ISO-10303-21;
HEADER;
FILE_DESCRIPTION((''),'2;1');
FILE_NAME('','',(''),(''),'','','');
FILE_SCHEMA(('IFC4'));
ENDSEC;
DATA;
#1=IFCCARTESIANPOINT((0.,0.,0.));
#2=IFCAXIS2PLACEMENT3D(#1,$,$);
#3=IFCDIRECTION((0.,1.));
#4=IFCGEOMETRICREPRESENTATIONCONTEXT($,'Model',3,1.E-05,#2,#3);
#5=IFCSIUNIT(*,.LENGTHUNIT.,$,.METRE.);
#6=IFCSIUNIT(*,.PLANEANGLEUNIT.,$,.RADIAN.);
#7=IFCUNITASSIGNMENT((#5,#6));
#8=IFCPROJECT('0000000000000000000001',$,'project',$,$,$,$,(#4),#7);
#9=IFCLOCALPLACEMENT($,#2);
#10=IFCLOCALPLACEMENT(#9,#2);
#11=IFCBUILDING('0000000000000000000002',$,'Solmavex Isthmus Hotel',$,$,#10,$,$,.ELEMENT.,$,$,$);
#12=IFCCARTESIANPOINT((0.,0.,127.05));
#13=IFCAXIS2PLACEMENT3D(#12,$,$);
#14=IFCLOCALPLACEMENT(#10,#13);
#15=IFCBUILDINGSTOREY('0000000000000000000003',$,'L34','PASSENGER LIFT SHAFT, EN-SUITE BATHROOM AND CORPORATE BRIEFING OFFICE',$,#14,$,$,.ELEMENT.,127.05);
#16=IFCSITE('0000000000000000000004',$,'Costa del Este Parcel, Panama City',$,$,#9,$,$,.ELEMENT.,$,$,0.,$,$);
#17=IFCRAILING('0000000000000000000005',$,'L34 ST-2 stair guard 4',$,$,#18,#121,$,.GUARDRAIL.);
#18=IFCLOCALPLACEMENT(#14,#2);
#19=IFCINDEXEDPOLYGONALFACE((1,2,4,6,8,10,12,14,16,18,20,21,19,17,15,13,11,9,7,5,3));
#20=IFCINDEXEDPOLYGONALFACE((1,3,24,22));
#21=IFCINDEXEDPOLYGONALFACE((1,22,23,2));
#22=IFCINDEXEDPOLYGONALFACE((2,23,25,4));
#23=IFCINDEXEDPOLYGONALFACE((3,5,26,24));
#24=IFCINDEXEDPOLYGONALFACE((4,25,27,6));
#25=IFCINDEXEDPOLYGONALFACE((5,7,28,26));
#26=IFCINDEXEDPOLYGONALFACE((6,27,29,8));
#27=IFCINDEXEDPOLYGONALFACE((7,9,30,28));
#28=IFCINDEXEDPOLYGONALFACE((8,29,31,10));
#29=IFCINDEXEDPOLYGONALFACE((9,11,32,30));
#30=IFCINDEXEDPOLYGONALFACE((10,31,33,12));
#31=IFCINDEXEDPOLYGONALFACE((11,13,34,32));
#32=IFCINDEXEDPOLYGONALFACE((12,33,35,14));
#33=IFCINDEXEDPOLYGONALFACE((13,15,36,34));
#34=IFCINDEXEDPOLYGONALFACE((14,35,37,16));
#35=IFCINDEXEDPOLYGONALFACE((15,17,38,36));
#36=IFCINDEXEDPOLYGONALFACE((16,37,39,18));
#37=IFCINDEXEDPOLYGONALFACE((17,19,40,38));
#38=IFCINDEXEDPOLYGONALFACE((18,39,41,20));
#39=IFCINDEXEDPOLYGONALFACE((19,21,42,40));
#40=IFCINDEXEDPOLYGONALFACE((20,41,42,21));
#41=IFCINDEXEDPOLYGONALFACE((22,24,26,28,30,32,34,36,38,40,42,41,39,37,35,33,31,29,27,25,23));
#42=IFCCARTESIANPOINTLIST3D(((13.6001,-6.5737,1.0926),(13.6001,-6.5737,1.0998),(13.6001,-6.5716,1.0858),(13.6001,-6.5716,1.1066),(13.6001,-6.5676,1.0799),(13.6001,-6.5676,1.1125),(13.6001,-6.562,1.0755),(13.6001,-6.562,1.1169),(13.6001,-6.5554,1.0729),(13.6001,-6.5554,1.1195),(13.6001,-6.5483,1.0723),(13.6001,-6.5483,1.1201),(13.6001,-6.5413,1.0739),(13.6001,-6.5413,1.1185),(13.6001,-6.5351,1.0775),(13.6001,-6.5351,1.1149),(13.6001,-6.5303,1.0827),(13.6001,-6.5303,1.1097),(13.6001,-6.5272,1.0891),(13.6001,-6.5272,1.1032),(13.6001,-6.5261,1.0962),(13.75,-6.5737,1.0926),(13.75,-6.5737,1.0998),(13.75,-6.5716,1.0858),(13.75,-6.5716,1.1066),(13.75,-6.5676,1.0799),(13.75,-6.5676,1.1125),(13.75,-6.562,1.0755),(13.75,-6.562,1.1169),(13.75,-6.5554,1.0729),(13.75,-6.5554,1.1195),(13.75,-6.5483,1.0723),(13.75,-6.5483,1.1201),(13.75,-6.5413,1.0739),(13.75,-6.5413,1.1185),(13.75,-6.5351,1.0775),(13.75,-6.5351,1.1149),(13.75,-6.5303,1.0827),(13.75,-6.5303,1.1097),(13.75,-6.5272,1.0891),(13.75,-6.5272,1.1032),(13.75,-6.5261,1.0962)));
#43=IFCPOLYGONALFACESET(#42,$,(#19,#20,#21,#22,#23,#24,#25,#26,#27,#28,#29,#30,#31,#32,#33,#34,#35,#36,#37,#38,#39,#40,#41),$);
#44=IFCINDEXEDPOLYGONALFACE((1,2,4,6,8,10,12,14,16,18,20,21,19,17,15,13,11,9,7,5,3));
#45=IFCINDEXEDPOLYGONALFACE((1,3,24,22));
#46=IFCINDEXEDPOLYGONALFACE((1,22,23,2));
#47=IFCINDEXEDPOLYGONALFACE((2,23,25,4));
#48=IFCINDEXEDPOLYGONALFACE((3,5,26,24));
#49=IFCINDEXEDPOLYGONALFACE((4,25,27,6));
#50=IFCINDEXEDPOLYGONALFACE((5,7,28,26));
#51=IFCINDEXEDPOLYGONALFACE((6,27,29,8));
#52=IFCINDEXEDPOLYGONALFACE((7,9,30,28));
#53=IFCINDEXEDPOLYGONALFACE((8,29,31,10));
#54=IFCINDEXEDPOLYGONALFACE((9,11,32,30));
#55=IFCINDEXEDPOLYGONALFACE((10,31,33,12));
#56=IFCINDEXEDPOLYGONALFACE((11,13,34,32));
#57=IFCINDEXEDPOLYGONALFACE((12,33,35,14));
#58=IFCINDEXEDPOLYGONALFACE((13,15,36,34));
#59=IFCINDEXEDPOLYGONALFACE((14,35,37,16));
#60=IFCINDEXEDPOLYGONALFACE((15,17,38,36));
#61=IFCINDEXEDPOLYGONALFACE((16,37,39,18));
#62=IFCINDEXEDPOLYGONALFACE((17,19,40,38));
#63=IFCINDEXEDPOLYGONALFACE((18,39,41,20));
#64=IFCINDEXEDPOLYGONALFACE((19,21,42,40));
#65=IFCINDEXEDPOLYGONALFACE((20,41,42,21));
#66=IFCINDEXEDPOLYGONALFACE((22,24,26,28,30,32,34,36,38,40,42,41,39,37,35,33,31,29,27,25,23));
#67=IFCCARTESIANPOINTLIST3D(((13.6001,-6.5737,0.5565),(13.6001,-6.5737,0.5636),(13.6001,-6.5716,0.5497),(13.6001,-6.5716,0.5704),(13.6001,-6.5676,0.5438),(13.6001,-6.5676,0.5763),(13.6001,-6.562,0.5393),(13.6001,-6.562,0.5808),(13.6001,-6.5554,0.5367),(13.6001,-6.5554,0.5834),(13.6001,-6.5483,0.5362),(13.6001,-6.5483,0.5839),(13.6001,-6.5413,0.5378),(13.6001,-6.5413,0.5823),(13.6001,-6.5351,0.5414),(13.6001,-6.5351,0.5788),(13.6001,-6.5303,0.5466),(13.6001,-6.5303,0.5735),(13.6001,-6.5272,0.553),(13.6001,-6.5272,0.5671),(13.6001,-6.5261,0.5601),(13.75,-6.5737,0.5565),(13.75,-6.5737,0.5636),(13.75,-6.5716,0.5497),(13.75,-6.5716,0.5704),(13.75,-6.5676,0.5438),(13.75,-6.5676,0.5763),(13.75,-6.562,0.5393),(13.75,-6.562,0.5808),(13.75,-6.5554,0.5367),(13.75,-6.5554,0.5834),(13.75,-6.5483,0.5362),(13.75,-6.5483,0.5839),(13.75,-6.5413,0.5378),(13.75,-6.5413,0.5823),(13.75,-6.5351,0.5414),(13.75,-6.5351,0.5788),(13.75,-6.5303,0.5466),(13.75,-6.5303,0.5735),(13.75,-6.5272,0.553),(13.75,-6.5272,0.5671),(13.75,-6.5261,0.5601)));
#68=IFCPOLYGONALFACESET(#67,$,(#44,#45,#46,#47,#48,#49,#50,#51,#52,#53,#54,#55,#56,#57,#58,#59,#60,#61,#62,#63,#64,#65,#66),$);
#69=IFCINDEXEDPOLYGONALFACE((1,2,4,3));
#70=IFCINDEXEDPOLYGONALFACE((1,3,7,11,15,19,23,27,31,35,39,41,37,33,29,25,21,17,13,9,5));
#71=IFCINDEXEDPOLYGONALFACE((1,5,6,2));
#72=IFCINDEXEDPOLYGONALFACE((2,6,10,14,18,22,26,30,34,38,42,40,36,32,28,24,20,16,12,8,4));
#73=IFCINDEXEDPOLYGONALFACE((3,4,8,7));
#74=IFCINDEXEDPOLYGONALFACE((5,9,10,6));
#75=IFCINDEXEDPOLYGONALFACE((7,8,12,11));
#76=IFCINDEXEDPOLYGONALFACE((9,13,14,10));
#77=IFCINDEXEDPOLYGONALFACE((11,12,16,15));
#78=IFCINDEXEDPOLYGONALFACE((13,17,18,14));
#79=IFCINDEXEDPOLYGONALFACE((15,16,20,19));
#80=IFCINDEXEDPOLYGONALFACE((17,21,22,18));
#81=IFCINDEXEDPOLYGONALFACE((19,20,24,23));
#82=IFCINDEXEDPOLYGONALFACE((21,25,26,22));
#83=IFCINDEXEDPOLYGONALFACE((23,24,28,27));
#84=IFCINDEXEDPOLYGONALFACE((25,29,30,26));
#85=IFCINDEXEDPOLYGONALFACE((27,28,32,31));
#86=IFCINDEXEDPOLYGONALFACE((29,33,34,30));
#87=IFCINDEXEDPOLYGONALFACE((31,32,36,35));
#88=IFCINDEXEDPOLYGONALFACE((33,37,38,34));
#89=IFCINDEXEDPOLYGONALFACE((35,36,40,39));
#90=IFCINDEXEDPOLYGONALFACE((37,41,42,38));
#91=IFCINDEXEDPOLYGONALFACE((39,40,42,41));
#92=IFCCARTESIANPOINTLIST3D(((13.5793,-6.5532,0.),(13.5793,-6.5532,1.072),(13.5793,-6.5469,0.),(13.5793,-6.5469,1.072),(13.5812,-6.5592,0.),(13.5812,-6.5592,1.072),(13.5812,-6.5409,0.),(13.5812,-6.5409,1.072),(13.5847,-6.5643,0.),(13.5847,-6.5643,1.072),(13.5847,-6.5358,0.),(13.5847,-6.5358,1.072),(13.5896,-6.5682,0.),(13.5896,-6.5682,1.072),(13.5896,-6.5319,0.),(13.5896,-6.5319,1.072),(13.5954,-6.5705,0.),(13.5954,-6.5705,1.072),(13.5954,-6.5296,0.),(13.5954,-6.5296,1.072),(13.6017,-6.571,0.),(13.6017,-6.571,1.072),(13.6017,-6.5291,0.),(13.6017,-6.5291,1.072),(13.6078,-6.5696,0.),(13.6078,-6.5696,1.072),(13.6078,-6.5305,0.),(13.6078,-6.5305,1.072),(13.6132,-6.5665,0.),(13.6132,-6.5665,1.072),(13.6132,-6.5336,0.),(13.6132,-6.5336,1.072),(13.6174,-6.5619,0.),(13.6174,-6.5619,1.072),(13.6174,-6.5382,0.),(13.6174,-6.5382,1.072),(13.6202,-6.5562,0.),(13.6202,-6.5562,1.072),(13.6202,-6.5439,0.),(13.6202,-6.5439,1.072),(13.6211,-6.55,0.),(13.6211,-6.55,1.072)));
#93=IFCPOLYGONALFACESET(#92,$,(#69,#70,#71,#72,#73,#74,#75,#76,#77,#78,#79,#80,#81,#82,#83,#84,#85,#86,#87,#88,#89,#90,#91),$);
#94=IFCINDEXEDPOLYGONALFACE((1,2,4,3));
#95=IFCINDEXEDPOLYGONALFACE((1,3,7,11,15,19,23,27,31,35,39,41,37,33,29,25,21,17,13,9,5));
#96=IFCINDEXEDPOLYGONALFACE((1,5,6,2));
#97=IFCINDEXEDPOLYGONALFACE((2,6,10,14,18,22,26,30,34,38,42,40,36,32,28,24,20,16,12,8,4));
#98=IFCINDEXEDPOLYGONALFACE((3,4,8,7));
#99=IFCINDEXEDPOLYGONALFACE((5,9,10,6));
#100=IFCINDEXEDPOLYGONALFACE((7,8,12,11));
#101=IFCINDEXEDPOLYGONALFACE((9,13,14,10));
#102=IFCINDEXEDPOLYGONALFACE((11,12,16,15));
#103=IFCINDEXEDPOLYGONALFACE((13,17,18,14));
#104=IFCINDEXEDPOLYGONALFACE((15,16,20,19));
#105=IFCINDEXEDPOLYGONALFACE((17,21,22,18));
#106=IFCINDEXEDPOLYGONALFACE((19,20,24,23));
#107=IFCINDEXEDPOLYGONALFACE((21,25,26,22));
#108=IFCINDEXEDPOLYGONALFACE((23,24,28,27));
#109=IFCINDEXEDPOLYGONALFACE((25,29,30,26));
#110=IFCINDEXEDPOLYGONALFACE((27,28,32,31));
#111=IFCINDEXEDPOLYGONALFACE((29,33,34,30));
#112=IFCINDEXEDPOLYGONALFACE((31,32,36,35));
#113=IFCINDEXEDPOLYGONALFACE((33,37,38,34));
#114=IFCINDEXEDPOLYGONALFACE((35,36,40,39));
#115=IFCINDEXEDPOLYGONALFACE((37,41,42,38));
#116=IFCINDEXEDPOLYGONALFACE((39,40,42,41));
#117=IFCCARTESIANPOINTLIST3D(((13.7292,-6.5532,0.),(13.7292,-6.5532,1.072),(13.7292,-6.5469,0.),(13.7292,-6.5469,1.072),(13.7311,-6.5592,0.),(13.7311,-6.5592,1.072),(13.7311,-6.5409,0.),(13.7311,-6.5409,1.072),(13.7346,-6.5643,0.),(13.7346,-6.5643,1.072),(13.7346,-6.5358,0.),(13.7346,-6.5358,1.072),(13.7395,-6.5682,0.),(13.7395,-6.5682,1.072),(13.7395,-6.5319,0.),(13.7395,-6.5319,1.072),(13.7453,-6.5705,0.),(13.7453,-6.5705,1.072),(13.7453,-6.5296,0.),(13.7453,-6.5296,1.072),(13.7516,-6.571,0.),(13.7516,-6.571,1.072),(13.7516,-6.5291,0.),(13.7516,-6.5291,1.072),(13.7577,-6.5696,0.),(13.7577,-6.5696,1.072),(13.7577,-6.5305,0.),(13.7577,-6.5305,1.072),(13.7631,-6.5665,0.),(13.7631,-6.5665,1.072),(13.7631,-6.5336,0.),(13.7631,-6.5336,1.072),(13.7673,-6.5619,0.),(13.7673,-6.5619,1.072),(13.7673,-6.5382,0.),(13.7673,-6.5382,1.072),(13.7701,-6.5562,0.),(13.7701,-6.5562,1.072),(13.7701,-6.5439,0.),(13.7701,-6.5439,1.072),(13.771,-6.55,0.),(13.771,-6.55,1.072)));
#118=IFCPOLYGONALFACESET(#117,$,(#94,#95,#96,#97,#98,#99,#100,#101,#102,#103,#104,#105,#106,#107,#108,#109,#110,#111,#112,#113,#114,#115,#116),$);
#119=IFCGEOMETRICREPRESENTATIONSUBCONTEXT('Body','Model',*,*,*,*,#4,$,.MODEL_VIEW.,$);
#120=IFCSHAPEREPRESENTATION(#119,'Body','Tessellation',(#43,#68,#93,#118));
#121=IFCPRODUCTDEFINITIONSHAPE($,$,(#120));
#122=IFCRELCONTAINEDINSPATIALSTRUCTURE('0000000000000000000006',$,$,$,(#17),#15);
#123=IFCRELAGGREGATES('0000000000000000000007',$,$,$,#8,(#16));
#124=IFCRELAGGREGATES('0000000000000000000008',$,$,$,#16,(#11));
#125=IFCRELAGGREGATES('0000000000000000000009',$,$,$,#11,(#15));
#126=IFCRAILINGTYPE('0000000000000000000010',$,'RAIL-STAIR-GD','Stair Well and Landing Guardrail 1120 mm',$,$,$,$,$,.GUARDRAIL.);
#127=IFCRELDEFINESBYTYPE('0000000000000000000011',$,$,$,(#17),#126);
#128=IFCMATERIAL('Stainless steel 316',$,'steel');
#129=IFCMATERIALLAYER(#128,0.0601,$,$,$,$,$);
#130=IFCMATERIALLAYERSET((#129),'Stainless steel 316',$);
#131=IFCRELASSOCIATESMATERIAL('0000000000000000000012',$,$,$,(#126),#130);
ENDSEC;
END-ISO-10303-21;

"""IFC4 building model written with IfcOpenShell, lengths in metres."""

from ifc_helpers import new_model, si_unit, direction, frame, origin, origin_2d, place, context, subcontext, project, spatial, circle, extrude, material, layer, layer_set, type_object, element, save


model = new_model("IFC4")

# Units and contexts
model_context = context("Model", 3, precision=1e-05, world=origin(), true_north=direction((0.0, 1.0)))
body_context = subcontext(model_context, "Body", "Model", "MODEL_VIEW")
ifc_project = project(units=[si_unit("LENGTHUNIT", "METRE"), si_unit("PLANEANGLEUNIT", "RADIAN")], contexts=[model_context])

# Site, building, storey
site_placement = place(None, origin())
site = spatial("IfcSite", under=ifc_project, at=site_placement, Name="Costa del Este Parcel, Panama City", CompositionType="ELEMENT", RefElevation=0.0)
building_placement = place(site_placement, origin())
building = spatial("IfcBuilding", under=site, at=building_placement, Name="Solmavex Isthmus Hotel", CompositionType="ELEMENT")
storey_placement = place(building_placement, frame((0.0, 0.0, 127.05)))
storey = spatial("IfcBuildingStorey", under=building, at=storey_placement, Name="L34", Description="PASSENGER LIFT SHAFT, EN-SUITE BATHROOM AND CORPORATE BRIEFING OFFICE", CompositionType="ELEMENT", Elevation=127.05)

# Shared definitions
ifc_material_1 = material(Name="Stainless steel 316", Category="steel")

# Railing
ifc_layer_1 = layer(ifc_material_1, 0.0601)
ifc_layer_set_1 = layer_set([ifc_layer_1], Name="Stainless steel 316")
railing_type_1 = type_object("IfcRailingType", Name="RAIL-STAIR-GD", Description="Stair Well and Landing Guardrail 1120 mm", PredefinedType="GUARDRAIL", material=ifc_layer_set_1)
railing_1_placement = place(storey_placement, frame((13.6001, -6.55, 0.0)))
element("IfcRailing", 1, at=railing_1_placement, inside=storey, type_object=railing_type_1, Name="L34 ST-2 stair guard 4", PredefinedType="GUARDRAIL", context=body_context, shape_type="SweptSolid", body=[
    extrude(circle(Radius=0.0239, at=origin_2d()), frame((0.0, 0.0, 1.0962), z_axis=(1.0, 0.0, 0.0), x_axis=(0.0, 1.0, 0.0)), (0.0, 0.0, 1.0), 0.1499),
    extrude(circle(Radius=0.0239, at=origin_2d()), frame((0.0, 0.0, 0.5601), z_axis=(1.0, 0.0, 0.0), x_axis=(0.0, 1.0, 0.0)), (0.0, 0.0, 1.0), 0.1499),
    extrude(circle(Radius=0.021, at=origin_2d()), origin(), (0.0, 0.0, 1.0), 1.072),
    extrude(circle(Radius=0.021, at=origin_2d()), frame((0.1499, 0.0, 0.0)), (0.0, 0.0, 1.0), 1.072),
])

save(model, "model.ifc")
